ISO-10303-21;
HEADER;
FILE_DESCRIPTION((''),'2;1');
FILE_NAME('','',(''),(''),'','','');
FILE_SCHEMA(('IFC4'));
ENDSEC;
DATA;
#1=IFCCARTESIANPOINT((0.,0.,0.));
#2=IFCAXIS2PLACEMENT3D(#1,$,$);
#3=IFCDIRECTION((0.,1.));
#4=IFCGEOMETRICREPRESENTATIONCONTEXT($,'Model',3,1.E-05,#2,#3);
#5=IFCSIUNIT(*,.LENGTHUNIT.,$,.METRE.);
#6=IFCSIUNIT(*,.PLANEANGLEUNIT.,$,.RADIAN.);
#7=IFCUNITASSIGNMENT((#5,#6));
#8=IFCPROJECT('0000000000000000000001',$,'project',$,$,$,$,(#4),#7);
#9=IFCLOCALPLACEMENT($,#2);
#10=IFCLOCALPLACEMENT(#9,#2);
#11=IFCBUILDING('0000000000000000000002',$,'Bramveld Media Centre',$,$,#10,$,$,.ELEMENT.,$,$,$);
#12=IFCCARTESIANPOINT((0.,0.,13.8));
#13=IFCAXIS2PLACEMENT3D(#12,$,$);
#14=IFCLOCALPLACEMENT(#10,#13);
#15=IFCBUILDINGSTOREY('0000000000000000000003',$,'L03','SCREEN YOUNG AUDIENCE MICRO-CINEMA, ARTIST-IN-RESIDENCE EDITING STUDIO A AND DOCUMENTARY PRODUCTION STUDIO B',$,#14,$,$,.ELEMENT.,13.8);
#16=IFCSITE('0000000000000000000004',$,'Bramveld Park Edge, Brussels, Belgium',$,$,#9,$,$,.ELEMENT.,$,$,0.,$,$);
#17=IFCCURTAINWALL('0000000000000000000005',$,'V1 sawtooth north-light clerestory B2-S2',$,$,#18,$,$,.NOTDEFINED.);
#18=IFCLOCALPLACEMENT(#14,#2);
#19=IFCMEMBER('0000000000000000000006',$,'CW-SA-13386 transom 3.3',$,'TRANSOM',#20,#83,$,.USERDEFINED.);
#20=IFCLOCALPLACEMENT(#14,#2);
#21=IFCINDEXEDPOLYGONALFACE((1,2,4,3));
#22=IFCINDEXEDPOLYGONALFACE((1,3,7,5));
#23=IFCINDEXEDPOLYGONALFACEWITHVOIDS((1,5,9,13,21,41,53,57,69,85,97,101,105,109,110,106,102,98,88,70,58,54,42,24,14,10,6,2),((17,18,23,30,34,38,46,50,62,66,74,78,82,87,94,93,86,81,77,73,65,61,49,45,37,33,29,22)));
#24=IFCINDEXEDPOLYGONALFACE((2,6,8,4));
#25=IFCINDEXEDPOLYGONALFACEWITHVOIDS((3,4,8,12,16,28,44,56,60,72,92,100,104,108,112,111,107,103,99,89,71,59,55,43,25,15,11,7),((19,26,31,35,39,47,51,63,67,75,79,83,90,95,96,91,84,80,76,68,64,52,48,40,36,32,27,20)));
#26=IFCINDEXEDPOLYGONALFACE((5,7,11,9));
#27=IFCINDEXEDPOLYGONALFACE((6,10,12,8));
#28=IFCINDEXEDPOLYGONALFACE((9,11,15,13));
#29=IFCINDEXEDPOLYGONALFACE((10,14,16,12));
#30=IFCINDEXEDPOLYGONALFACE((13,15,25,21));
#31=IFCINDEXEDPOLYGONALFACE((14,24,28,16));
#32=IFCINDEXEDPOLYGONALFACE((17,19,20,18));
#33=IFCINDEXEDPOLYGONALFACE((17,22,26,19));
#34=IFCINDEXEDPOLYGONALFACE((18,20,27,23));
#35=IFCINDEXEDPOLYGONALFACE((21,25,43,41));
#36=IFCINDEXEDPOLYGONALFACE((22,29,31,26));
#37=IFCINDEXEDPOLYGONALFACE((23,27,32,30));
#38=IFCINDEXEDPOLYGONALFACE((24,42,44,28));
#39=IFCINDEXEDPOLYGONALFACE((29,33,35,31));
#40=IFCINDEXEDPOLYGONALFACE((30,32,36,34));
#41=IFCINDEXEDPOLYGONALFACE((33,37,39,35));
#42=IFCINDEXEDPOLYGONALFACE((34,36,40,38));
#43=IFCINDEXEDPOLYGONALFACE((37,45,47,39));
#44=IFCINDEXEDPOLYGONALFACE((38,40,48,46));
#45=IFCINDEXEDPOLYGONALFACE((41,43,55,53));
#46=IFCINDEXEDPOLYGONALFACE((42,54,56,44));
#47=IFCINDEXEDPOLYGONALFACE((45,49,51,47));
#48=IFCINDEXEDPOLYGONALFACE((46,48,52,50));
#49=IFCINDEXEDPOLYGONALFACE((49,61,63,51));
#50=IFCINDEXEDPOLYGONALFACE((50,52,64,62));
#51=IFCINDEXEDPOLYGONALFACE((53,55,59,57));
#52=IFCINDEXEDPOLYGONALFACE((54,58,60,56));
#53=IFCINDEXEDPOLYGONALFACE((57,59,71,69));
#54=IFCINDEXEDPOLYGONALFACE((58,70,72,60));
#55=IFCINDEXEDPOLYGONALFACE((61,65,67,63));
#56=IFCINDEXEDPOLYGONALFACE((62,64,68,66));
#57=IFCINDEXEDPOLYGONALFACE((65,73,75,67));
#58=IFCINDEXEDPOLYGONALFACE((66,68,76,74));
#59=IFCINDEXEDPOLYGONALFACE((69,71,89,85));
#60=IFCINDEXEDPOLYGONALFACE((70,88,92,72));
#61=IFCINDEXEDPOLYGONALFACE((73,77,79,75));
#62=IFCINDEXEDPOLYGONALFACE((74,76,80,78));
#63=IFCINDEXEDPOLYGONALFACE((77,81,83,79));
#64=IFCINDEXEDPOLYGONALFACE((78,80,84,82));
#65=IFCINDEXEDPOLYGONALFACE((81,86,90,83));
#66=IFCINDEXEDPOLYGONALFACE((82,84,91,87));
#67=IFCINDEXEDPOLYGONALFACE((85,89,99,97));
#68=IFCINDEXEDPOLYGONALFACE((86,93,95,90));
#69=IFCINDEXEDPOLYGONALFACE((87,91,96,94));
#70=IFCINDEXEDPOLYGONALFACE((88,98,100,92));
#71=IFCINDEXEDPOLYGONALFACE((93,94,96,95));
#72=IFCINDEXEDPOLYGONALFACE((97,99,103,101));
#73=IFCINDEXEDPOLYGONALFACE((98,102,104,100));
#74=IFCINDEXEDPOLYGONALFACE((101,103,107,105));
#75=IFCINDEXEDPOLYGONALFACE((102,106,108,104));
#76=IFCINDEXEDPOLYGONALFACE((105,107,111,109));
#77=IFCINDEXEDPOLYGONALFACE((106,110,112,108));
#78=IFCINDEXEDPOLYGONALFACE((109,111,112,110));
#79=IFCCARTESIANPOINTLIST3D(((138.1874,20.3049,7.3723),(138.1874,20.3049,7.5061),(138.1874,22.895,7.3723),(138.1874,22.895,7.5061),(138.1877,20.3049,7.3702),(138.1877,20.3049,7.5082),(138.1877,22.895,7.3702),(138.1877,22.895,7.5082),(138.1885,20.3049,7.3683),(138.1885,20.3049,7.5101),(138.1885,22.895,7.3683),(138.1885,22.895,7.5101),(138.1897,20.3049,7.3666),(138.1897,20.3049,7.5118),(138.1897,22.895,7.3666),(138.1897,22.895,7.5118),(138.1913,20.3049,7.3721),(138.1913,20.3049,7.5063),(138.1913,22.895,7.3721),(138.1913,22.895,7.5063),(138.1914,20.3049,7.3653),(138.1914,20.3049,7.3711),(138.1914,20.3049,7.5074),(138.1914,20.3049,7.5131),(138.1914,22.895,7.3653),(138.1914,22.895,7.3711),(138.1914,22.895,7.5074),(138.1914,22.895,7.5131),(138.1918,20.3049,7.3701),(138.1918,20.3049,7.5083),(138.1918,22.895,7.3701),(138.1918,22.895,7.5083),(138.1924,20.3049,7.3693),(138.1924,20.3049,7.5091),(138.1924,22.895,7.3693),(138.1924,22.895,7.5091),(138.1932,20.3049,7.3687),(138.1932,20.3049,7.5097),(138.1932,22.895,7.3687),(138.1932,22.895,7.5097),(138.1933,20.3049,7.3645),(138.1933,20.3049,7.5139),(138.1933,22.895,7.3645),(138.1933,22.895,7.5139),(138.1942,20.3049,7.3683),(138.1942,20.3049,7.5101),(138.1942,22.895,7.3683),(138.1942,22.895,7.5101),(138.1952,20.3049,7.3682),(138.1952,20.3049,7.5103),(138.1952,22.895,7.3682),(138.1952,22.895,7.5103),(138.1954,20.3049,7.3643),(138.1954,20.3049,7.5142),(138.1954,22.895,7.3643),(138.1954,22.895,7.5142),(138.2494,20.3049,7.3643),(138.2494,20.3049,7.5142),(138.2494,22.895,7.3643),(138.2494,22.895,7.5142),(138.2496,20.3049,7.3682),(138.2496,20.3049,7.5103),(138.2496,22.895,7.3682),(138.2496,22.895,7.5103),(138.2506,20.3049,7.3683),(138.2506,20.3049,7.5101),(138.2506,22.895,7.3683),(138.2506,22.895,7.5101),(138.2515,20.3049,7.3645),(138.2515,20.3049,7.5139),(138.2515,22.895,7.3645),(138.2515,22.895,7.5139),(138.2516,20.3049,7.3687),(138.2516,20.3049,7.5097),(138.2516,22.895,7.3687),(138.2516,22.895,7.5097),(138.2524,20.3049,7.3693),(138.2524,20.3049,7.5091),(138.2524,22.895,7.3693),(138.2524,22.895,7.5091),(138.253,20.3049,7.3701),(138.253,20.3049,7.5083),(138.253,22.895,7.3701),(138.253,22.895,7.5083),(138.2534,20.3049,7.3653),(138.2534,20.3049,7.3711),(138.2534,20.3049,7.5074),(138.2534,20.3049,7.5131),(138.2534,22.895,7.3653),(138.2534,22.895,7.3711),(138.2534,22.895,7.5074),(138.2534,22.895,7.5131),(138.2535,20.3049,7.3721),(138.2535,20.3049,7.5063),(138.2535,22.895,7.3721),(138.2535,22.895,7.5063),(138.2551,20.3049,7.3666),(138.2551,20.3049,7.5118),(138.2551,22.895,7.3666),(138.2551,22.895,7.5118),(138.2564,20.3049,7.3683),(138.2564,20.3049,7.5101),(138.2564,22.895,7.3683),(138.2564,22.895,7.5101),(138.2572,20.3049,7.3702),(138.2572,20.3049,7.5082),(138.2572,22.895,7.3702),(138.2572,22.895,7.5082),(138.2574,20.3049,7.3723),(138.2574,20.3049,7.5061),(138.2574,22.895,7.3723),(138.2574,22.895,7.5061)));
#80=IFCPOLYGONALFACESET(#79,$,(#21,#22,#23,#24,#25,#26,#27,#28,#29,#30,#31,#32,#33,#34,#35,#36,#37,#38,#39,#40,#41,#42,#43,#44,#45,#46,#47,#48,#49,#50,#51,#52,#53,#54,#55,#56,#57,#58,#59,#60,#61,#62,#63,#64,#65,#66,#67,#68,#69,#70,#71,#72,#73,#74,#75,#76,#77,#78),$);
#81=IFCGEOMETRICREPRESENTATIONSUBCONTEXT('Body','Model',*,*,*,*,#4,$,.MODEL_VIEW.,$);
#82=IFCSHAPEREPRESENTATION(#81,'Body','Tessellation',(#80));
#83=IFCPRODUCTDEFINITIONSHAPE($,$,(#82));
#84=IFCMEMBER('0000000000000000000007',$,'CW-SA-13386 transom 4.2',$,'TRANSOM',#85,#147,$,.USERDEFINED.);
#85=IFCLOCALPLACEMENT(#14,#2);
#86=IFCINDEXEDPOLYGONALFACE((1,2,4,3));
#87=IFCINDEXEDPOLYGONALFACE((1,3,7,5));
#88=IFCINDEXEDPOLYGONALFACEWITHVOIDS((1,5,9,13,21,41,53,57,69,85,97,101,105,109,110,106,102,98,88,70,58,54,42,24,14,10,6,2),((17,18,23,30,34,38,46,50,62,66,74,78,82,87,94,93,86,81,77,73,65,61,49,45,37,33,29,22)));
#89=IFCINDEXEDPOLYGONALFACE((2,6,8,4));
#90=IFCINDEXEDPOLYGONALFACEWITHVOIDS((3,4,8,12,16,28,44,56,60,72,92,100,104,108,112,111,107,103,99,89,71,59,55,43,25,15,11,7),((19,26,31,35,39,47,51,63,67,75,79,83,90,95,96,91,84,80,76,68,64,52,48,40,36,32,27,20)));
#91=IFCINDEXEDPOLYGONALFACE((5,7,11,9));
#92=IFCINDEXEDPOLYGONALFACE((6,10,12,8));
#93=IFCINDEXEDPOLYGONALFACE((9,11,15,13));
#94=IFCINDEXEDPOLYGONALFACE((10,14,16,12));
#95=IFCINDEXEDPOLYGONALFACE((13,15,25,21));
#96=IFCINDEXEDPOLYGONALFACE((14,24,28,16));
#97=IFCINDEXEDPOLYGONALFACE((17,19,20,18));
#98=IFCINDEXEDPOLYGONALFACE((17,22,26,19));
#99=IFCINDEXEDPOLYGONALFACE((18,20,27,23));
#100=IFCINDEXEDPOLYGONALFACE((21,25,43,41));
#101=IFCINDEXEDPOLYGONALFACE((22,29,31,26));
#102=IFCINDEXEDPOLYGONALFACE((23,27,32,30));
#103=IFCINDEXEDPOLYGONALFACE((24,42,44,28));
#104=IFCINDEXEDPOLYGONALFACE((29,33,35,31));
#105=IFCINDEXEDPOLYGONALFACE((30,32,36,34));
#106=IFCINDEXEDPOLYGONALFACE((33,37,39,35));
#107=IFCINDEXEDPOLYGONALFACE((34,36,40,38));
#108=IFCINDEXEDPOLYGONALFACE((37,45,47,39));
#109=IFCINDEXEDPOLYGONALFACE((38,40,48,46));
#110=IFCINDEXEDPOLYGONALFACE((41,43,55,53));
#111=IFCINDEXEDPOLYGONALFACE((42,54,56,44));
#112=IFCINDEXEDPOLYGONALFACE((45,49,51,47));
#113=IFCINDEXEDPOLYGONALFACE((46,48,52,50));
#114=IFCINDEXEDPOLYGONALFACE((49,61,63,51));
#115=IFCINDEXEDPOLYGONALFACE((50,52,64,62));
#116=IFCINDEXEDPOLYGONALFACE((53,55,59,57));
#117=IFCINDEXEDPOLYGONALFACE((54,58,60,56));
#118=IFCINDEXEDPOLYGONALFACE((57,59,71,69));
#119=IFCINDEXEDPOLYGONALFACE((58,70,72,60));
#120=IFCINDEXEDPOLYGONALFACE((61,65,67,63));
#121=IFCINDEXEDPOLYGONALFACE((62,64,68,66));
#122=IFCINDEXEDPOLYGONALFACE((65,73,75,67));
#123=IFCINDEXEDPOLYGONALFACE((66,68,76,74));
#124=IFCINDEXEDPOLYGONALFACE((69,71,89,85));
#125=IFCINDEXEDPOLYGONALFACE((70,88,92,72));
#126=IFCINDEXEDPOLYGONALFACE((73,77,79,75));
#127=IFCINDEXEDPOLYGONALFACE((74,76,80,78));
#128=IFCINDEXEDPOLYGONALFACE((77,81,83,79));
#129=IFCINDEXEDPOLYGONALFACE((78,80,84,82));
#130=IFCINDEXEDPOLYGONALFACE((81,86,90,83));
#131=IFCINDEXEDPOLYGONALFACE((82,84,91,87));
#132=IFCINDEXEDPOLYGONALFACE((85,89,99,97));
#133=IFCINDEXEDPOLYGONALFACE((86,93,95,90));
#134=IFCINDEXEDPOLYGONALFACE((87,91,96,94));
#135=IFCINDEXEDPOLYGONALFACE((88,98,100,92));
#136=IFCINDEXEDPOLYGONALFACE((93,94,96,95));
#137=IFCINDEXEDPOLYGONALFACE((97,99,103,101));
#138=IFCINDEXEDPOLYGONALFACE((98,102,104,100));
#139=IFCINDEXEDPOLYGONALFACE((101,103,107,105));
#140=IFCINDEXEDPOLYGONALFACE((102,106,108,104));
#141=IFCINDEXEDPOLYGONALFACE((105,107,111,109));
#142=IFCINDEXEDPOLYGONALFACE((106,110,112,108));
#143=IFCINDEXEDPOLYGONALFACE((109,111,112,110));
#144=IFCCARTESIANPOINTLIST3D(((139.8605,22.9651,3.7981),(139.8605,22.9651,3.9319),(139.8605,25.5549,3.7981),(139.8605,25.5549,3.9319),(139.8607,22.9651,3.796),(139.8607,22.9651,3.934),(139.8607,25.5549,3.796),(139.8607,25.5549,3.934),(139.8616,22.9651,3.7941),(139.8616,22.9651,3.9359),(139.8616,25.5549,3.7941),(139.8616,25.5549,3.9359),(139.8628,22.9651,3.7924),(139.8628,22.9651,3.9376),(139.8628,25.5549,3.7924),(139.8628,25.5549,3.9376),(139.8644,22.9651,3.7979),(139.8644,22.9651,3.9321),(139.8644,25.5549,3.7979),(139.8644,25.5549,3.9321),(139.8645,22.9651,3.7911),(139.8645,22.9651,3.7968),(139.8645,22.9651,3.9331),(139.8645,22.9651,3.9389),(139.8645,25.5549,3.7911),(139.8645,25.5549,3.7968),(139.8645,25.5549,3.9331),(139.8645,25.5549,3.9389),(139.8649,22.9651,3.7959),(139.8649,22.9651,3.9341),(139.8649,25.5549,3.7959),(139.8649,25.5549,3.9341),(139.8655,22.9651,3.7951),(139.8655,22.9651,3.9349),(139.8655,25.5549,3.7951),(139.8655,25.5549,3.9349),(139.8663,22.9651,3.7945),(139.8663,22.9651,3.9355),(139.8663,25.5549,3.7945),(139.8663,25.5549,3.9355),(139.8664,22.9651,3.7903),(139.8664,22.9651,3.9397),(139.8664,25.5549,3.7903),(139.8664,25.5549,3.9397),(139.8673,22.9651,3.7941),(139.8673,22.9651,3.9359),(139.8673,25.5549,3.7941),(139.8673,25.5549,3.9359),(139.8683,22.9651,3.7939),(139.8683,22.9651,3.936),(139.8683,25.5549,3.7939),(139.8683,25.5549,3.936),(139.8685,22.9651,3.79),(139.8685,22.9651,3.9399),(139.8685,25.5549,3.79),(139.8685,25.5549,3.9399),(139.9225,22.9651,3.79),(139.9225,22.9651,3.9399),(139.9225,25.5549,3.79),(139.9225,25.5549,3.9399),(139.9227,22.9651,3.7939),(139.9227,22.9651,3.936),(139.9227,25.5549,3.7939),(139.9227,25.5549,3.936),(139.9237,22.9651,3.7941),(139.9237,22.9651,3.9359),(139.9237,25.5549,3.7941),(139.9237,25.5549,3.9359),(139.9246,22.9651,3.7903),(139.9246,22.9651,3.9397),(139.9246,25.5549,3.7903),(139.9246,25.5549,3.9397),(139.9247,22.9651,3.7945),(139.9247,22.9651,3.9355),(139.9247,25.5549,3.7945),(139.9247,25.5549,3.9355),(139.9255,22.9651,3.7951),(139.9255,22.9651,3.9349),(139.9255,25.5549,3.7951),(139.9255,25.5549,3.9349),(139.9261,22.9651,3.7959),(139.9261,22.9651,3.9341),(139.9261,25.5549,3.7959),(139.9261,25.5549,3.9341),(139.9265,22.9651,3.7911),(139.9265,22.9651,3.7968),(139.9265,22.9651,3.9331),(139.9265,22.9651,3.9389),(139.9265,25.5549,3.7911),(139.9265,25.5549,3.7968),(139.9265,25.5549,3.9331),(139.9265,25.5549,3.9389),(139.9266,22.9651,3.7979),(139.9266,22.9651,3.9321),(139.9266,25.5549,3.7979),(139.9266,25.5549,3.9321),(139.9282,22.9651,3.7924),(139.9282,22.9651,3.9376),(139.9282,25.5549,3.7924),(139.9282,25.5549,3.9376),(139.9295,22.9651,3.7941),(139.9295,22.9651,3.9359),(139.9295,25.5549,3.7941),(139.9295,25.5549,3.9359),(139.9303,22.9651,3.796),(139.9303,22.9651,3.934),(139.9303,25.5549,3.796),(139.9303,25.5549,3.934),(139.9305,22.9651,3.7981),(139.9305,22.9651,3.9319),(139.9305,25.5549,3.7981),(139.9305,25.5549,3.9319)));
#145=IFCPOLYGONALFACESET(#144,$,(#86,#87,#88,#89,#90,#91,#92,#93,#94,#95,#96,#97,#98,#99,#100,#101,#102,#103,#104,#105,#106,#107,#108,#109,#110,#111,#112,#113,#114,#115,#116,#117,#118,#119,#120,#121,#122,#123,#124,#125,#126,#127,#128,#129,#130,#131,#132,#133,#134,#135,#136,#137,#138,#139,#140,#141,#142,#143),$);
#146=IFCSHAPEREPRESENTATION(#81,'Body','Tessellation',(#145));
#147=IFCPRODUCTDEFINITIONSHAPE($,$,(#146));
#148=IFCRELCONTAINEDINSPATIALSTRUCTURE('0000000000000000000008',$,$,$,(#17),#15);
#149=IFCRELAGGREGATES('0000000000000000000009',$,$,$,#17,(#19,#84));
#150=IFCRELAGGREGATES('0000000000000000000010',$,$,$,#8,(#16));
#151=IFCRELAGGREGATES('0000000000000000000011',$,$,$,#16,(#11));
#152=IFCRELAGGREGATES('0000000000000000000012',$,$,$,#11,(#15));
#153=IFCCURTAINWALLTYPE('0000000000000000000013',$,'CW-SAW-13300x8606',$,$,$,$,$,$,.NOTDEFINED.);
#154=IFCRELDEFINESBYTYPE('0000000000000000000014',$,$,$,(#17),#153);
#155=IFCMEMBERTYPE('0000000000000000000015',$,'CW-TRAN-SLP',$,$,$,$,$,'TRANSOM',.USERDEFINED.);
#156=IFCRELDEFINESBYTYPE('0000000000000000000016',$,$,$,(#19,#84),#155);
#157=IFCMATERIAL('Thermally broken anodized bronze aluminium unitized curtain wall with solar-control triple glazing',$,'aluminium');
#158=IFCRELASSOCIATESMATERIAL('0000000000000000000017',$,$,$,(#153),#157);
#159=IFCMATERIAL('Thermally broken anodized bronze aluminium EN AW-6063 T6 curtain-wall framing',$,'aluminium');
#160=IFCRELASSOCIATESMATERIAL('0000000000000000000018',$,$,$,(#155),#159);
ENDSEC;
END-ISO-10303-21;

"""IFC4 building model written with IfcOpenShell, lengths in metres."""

from ifc_helpers import new_model, si_unit, direction, frame, origin, origin_2d, place, context, subcontext, project, spatial, hollow_rectangle, extrude, material, material_profile, profile_set, type_object, element, aggregate, save


model = new_model("IFC4")

# Units and contexts
model_context = context("Model", 3, precision=1e-05, world=origin(), true_north=direction((0.0, 1.0)))
body_context = subcontext(model_context, "Body", "Model", "MODEL_VIEW")
ifc_project = project(units=[si_unit("LENGTHUNIT", "METRE"), si_unit("PLANEANGLEUNIT", "RADIAN")], contexts=[model_context])

# Site, building, storey
site_placement = place(None, origin())
site = spatial("IfcSite", under=ifc_project, at=site_placement, Name="Bramveld Park Edge, Brussels, Belgium", CompositionType="ELEMENT", RefElevation=0.0)
building_placement = place(site_placement, origin())
building = spatial("IfcBuilding", under=site, at=building_placement, Name="Bramveld Media Centre", CompositionType="ELEMENT")
storey_placement = place(building_placement, frame((0.0, 0.0, 13.8)))
storey = spatial("IfcBuildingStorey", under=building, at=storey_placement, Name="L03", Description="SCREEN YOUNG AUDIENCE MICRO-CINEMA, ARTIST-IN-RESIDENCE EDITING STUDIO A AND DOCUMENTARY PRODUCTION STUDIO B", CompositionType="ELEMENT", Elevation=13.8)

# Curtain wall, members
ifc_material_1 = material(Name="Thermally broken anodized bronze aluminium unitized curtain wall with solar-control triple glazing", Category="aluminium")
curtain_wall_type = type_object("IfcCurtainWallType", Name="CW-SAW-13300x8606", PredefinedType="NOTDEFINED", material=ifc_material_1)
curtain_wall_1_placement = place(storey_placement, origin())
curtain_wall_1 = element("IfcCurtainWall", 1, at=curtain_wall_1_placement, inside=storey, type_object=curtain_wall_type, Name="V1 sawtooth north-light clerestory B2-S2", PredefinedType="NOTDEFINED")
ifc_material_2 = material(Name="Thermally broken anodized bronze aluminium EN AW-6063 T6 curtain-wall framing", Category="aluminium")
ifc_material_profile_1 = material_profile(ifc_material_2, hollow_rectangle(XDim=0.0701, YDim=0.1499, WallThickness=0.0039, InnerFilletRadius=0.0039, OuterFilletRadius=0.0081, at=origin_2d()), Name="AL-TRAN 70x150")
ifc_profile_set_1 = profile_set([ifc_material_profile_1], Name="Thermally broken anodized bronze aluminium EN AW-6063 T6 curtain-wall framing")
member_type_1 = type_object("IfcMemberType", Name="CW-TRAN-SLP", ElementType="TRANSOM", PredefinedType="USERDEFINED", material=ifc_profile_set_1)
member_1_placement = place(storey_placement, frame((138.2224, 20.3049, 7.4392), z_axis=(0.0, 1.0, 0.0), x_axis=(-1.0, 0.0, 0.0)))
member_1 = element("IfcMember", 2, at=member_1_placement, type_object=member_type_1, Name="CW-SA-13386 transom 3.3", ObjectType="TRANSOM", PredefinedType="USERDEFINED", context=body_context, shape_type="SweptSolid", body=[
    extrude(hollow_rectangle(XDim=0.0701, YDim=0.1499, WallThickness=0.0039, InnerFilletRadius=0.0039, OuterFilletRadius=0.0081, at=origin_2d()), origin(), (0.0, 0.0, 1.0), 2.5901),
])
member_2_placement = place(storey_placement, frame((139.8955, 22.9651, 3.865), z_axis=(0.0, 1.0, 0.0), x_axis=(-1.0, 0.0, 0.0)))
member_2 = element("IfcMember", 3, at=member_2_placement, type_object=member_type_1, Name="CW-SA-13386 transom 4.2", ObjectType="TRANSOM", PredefinedType="USERDEFINED", context=body_context, shape_type="SweptSolid", body=[
    extrude(hollow_rectangle(XDim=0.0701, YDim=0.1499, WallThickness=0.0039, InnerFilletRadius=0.0039, OuterFilletRadius=0.0081, at=origin_2d()), origin(), (0.0, 0.0, 1.0), 2.5898),
])

aggregate(curtain_wall_1, [member_1, member_2])

save(model, "model.ifc")
